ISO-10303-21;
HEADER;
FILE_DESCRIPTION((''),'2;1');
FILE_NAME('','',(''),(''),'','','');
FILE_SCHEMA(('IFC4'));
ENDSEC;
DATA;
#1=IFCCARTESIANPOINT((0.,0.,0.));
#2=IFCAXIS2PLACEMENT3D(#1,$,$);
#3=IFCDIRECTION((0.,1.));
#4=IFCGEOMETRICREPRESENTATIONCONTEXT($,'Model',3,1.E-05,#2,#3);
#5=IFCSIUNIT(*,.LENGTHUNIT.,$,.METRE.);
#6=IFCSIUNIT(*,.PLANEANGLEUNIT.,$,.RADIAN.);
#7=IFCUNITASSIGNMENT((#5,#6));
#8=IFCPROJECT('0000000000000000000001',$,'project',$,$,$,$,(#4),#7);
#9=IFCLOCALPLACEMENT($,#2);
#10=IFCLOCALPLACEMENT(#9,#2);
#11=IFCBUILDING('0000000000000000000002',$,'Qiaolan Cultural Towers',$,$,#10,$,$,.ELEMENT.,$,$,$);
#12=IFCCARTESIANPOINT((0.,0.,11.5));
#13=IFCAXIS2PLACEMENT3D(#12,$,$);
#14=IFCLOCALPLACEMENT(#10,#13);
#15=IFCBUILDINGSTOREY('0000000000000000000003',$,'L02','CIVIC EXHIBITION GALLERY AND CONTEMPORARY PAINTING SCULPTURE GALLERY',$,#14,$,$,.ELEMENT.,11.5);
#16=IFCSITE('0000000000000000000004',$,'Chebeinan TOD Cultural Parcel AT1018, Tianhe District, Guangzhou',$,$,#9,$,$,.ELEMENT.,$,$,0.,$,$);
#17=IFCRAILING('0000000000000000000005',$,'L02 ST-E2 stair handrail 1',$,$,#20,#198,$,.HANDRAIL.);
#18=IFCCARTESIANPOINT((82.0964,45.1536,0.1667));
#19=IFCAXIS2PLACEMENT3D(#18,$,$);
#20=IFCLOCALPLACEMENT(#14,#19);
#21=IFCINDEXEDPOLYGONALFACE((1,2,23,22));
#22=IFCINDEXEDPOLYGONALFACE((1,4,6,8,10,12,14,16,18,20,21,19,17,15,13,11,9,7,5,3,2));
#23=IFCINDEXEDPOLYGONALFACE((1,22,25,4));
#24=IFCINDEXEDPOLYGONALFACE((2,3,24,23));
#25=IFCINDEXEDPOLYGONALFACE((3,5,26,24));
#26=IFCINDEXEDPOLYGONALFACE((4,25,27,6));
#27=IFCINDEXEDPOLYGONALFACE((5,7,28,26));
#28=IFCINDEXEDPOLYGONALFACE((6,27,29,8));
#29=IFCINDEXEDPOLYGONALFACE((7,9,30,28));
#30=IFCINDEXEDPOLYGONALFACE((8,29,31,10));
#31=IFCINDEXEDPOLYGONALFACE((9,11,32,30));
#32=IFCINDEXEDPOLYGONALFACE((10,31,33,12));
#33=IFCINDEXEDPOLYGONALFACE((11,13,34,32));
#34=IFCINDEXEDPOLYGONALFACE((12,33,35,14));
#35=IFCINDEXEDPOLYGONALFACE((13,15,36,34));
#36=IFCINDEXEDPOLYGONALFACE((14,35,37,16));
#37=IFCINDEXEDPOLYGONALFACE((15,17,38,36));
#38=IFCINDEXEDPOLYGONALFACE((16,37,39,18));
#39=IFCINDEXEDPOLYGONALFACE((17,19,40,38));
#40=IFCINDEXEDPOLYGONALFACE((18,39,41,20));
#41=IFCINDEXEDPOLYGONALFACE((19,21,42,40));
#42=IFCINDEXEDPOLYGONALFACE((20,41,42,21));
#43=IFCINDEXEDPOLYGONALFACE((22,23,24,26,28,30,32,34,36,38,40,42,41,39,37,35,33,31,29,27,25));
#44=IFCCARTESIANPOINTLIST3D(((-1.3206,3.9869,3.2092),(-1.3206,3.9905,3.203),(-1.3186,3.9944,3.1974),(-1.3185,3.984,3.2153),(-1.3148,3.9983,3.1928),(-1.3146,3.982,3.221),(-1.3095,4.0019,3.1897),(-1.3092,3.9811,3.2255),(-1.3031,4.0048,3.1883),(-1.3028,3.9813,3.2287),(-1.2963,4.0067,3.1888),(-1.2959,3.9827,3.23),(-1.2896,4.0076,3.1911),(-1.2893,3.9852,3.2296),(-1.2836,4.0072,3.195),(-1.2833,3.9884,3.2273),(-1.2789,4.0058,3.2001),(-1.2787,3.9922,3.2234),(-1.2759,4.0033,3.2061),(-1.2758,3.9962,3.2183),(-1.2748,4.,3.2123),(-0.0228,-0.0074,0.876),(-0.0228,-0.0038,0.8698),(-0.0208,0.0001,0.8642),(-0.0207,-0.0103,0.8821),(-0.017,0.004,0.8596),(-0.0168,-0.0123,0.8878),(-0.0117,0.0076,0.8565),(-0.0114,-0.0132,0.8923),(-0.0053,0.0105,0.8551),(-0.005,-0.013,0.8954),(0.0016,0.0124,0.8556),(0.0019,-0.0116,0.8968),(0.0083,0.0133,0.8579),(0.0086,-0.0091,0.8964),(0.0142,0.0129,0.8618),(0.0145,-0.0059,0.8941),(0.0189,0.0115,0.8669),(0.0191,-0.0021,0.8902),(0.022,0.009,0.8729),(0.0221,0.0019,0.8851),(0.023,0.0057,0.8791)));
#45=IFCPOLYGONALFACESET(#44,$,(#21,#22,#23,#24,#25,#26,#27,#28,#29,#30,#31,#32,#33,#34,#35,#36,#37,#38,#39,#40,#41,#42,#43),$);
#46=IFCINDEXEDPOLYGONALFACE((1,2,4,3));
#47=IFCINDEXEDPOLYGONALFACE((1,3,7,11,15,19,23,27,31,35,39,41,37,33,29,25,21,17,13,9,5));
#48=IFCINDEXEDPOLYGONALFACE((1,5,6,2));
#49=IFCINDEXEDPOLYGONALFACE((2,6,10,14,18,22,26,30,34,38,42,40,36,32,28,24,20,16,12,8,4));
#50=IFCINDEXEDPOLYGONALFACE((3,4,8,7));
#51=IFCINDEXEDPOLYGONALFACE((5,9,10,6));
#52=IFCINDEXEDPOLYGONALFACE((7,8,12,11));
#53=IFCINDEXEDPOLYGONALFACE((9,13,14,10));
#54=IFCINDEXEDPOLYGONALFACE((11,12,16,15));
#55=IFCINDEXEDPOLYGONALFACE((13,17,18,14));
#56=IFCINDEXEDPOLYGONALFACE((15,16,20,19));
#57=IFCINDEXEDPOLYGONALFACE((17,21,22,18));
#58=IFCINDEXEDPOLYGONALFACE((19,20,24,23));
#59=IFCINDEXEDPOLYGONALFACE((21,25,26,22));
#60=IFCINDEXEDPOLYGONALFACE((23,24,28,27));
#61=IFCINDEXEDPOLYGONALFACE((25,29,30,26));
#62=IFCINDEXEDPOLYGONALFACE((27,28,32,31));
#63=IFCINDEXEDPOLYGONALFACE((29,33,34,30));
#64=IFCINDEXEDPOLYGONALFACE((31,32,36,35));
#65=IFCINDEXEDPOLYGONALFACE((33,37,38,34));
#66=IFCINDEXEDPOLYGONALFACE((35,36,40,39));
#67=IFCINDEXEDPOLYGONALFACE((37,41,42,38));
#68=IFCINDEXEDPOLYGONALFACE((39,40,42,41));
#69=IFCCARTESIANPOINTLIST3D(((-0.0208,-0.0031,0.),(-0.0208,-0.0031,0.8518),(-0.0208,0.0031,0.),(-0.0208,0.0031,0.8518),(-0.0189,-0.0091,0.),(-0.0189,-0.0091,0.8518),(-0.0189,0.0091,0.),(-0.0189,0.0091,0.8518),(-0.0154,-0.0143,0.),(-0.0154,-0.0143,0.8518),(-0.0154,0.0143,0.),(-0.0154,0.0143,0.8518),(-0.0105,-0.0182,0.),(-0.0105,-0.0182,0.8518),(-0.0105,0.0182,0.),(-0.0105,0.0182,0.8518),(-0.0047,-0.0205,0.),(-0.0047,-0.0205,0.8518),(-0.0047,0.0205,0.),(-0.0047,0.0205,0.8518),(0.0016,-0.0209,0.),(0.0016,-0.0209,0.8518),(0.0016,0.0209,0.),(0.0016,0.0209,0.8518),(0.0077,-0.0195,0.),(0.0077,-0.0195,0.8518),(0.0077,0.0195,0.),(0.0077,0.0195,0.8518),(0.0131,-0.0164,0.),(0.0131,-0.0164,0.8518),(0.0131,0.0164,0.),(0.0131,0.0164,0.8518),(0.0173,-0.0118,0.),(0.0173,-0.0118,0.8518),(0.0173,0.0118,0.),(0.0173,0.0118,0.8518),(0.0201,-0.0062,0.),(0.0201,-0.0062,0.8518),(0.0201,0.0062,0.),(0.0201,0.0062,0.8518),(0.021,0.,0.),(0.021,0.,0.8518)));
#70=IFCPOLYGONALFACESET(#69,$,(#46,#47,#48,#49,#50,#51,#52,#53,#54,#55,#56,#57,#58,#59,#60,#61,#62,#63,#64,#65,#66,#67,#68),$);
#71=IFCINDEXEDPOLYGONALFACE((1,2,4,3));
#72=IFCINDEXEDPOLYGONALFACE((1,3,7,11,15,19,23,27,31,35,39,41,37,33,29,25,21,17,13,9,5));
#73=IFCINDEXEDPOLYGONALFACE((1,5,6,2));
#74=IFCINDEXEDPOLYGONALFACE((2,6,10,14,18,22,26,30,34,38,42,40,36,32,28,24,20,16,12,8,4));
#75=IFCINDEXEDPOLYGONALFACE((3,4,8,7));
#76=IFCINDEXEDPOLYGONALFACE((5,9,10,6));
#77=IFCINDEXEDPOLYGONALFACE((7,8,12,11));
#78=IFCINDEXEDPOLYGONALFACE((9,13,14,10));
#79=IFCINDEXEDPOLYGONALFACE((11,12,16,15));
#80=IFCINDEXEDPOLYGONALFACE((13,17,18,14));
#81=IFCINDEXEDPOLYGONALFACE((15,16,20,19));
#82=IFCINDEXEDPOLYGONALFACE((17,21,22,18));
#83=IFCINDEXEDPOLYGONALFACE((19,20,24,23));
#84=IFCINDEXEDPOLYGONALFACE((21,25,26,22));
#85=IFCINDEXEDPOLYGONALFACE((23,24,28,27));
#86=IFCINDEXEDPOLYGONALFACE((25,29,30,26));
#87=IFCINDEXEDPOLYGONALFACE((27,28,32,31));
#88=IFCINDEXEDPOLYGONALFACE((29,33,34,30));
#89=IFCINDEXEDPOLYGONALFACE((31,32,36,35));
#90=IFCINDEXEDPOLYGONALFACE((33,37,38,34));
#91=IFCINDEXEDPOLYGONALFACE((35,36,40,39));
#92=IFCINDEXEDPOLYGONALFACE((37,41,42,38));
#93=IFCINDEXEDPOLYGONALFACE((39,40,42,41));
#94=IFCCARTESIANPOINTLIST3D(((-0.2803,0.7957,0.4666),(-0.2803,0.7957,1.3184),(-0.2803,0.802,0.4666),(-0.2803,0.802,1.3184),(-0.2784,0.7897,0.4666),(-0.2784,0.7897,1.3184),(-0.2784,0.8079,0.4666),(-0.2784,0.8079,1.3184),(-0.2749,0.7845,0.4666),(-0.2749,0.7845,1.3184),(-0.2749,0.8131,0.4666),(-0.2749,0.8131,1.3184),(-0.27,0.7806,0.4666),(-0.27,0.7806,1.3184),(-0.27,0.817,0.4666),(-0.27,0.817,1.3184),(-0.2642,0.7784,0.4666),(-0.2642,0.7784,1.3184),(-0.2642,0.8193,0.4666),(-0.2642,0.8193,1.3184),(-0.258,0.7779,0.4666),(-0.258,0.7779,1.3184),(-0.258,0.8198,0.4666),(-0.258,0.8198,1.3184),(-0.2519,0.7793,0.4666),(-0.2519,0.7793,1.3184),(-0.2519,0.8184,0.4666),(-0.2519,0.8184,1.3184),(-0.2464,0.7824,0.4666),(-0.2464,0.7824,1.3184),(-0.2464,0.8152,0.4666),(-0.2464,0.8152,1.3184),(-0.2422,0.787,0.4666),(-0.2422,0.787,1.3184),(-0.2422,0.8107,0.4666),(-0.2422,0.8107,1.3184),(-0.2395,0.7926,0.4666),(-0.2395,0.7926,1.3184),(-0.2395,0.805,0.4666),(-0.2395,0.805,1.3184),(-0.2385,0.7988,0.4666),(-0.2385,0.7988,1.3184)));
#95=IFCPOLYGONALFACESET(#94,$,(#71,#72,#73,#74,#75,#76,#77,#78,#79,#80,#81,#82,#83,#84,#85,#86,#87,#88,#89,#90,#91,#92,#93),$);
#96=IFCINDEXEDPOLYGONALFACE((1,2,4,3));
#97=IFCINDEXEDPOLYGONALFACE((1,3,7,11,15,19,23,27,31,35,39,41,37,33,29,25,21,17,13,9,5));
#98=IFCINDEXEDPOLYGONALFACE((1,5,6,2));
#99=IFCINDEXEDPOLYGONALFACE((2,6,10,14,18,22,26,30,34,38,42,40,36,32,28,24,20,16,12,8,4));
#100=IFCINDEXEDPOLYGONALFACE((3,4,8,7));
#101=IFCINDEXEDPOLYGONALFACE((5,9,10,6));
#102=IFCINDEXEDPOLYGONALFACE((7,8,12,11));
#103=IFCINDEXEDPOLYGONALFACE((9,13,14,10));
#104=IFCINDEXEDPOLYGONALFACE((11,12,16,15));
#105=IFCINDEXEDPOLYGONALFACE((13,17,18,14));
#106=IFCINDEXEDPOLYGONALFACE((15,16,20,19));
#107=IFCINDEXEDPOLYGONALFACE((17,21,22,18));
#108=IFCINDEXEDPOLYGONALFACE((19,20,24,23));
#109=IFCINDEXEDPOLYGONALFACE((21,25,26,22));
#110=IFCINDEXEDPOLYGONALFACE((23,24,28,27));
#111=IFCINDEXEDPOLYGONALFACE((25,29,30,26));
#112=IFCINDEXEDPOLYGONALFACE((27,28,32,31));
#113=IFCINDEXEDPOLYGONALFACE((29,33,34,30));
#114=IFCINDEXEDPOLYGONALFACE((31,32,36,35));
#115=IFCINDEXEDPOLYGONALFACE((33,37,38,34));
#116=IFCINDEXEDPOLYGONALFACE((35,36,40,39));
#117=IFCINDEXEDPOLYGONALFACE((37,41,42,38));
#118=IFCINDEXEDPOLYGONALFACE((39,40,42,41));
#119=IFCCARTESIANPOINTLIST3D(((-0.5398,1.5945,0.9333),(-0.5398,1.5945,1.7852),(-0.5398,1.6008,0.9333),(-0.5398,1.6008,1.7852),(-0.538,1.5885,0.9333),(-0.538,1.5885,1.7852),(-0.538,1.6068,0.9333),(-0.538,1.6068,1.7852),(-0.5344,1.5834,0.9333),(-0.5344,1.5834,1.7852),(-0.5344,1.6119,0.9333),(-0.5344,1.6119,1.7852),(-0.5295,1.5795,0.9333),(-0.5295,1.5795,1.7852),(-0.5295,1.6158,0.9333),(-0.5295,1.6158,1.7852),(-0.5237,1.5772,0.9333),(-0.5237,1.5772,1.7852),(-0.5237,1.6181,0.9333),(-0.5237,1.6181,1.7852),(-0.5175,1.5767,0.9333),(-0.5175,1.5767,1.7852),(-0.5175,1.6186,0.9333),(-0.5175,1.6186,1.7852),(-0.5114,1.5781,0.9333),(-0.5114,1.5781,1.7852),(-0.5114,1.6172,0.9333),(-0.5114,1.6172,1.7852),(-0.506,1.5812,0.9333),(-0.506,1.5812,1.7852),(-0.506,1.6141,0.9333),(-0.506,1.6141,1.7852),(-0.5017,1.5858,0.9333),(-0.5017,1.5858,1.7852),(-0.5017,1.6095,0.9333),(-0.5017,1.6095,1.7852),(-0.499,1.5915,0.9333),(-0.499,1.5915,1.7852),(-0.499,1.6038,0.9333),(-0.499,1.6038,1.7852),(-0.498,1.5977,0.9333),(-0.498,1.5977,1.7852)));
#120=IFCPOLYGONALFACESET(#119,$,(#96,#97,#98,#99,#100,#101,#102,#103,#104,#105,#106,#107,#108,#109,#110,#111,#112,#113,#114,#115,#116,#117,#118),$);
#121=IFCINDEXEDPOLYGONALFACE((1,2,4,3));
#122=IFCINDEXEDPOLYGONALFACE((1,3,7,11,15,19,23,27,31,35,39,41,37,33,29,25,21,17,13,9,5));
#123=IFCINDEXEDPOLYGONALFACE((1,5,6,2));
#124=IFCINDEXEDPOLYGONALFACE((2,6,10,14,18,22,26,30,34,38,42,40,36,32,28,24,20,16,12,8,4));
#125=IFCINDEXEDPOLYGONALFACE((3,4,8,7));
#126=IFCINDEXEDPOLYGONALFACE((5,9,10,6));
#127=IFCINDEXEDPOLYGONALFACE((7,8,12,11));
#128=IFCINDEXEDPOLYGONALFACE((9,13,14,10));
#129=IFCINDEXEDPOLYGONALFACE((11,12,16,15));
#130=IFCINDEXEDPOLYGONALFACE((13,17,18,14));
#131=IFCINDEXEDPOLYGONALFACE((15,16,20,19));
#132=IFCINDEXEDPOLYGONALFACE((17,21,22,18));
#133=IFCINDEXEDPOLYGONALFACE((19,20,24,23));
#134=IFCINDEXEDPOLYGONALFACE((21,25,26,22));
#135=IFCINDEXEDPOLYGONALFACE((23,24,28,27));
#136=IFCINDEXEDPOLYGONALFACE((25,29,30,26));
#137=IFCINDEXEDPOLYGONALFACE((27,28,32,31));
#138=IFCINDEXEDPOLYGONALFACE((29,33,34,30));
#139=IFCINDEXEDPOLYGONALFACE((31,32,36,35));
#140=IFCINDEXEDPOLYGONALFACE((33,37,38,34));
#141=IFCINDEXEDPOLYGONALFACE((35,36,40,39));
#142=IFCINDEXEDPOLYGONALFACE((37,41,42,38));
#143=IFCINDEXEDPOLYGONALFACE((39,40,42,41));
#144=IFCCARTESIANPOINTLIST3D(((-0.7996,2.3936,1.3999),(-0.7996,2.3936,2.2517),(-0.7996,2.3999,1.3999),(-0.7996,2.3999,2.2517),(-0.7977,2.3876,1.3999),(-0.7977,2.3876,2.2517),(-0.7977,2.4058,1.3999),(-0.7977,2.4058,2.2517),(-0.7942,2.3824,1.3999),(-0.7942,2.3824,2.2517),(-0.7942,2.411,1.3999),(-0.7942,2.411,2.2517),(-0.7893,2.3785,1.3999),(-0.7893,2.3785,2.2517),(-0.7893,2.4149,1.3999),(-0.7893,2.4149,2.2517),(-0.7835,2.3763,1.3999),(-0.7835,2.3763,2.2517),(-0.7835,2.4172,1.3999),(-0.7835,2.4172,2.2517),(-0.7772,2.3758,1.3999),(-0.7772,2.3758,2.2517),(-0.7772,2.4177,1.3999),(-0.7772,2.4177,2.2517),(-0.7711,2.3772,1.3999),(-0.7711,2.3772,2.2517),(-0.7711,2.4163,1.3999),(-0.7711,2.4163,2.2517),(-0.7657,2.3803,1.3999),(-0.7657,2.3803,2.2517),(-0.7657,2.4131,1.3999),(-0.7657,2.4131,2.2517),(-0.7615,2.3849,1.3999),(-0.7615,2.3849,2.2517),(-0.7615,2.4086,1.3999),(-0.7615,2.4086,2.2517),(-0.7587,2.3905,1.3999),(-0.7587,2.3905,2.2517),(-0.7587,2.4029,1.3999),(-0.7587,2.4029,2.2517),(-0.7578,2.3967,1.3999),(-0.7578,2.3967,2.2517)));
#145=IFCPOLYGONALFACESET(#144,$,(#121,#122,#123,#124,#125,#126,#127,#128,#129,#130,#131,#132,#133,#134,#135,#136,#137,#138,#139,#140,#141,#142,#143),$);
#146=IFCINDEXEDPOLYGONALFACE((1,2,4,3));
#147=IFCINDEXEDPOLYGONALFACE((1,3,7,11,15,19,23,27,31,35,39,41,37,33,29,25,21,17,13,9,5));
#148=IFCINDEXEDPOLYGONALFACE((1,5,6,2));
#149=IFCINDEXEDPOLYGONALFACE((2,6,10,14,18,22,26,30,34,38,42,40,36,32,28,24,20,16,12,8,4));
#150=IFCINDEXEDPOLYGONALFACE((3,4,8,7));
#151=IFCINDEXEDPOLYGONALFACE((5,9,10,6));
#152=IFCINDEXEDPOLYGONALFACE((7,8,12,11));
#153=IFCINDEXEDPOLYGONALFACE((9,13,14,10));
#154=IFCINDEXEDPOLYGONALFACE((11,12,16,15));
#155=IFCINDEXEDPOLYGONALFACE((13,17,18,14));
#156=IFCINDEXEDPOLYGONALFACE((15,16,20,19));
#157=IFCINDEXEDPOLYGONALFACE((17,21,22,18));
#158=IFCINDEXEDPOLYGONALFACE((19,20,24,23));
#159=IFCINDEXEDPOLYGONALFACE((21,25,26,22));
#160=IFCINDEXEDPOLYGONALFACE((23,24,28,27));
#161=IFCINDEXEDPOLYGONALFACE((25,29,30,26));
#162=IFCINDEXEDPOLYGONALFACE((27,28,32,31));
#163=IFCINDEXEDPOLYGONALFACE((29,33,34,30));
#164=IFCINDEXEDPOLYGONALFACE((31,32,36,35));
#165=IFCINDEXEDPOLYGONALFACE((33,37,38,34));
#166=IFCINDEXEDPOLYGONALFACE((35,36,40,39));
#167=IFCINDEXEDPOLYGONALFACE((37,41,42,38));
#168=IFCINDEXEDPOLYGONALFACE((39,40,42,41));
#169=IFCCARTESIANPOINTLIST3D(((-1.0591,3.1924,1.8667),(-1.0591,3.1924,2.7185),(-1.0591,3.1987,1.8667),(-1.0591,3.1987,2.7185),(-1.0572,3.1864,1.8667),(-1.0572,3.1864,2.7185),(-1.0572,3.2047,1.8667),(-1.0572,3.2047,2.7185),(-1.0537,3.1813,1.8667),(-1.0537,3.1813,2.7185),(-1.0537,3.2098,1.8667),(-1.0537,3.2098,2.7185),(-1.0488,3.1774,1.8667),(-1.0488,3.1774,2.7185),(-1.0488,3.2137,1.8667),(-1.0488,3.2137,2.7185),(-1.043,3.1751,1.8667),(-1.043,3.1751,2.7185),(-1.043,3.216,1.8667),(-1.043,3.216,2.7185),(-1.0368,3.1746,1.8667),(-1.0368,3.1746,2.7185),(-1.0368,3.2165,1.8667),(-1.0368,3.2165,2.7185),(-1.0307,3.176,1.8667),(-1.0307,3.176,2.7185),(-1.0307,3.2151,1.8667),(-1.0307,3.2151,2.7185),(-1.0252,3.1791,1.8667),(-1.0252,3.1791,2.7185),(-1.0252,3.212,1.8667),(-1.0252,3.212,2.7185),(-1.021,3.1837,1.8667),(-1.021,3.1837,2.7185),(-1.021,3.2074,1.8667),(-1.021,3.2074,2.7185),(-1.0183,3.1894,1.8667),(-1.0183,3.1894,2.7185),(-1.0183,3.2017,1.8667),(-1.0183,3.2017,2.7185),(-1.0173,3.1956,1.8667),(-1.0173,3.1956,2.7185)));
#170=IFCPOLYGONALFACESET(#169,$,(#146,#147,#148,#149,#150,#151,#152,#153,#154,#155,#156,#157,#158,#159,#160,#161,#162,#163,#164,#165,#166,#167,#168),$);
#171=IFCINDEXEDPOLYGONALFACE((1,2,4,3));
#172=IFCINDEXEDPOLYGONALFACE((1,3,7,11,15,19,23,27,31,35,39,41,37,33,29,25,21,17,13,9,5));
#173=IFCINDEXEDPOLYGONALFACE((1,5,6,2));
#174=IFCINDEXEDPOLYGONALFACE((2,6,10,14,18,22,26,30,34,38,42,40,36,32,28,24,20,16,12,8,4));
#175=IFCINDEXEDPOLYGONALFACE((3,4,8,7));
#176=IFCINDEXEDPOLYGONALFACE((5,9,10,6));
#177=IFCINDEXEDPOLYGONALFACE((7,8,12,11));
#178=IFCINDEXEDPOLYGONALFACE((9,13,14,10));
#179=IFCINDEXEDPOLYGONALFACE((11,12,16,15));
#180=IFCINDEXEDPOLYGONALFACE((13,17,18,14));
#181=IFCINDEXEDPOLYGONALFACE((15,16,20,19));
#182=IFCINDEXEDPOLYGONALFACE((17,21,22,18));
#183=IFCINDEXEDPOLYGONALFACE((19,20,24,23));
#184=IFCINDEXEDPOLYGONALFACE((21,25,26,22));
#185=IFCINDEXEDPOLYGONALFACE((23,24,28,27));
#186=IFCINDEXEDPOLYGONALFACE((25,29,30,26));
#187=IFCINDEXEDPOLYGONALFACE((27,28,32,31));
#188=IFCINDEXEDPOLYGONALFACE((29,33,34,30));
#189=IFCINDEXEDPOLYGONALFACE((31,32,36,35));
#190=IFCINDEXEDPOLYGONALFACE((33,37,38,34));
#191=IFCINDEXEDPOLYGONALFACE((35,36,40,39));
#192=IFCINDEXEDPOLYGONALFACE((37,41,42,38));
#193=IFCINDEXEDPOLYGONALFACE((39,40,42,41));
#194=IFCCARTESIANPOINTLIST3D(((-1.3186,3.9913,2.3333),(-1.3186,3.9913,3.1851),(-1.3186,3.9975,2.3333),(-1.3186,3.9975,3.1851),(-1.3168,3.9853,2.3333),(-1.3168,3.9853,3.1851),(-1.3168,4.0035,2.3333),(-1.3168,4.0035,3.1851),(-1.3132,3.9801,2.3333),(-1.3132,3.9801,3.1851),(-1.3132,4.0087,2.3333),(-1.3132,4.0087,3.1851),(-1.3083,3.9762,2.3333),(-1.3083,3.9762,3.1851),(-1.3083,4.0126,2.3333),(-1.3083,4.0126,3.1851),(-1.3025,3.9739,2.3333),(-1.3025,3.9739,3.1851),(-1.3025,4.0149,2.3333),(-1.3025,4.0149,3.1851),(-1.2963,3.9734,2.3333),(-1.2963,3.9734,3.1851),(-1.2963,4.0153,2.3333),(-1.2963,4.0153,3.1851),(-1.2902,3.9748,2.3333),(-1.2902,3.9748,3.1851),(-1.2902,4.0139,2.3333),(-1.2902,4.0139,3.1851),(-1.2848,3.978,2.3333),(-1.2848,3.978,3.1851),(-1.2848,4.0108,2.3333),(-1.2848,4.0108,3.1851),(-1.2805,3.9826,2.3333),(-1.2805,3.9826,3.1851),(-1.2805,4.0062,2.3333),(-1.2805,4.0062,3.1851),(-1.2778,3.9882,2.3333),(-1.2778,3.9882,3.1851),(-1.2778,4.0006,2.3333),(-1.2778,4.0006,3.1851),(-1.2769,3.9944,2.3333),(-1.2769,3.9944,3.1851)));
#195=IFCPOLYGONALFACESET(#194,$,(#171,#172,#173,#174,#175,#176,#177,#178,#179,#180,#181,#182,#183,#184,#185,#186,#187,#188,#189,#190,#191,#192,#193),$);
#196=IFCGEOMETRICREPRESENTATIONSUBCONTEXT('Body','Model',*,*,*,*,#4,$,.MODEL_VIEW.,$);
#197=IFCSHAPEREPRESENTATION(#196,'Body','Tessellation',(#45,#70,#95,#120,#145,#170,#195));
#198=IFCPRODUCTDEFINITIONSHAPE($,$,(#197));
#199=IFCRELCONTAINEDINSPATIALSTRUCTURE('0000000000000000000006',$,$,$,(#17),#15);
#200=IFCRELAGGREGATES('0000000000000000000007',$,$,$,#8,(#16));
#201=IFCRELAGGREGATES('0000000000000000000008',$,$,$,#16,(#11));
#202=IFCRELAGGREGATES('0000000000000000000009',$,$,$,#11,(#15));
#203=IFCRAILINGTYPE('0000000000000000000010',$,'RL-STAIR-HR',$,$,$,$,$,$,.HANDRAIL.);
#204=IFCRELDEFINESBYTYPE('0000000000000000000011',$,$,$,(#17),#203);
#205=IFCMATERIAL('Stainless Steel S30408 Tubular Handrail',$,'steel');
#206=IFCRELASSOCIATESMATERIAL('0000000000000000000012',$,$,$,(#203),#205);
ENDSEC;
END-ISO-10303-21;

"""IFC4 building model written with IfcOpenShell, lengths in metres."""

from ifc_helpers import new_model, si_unit, direction, frame, origin, origin_2d, place, context, subcontext, project, spatial, circle, extrude, material, type_object, element, save


model = new_model("IFC4")

# Units and contexts
model_context = context("Model", 3, precision=1e-05, world=origin(), true_north=direction((0.0, 1.0)))
body_context = subcontext(model_context, "Body", "Model", "MODEL_VIEW")
ifc_project = project(units=[si_unit("LENGTHUNIT", "METRE"), si_unit("PLANEANGLEUNIT", "RADIAN")], contexts=[model_context])

# Site, building, storey
site_placement = place(None, origin())
site = spatial("IfcSite", under=ifc_project, at=site_placement, Name="Chebeinan TOD Cultural Parcel AT1018, Tianhe District, Guangzhou", CompositionType="ELEMENT", RefElevation=0.0)
building_placement = place(site_placement, origin())
building = spatial("IfcBuilding", under=site, at=building_placement, Name="Qiaolan Cultural Towers", CompositionType="ELEMENT")
storey_placement = place(building_placement, frame((0.0, 0.0, 11.5)))
storey = spatial("IfcBuildingStorey", under=building, at=storey_placement, Name="L02", Description="CIVIC EXHIBITION GALLERY AND CONTEMPORARY PAINTING SCULPTURE GALLERY", CompositionType="ELEMENT", Elevation=11.5)

# Railing
ifc_material_1 = material(Name="Stainless Steel S30408 Tubular Handrail", Category="steel")
railing_type_1 = type_object("IfcRailingType", Name="RL-STAIR-HR", PredefinedType="HANDRAIL", material=ifc_material_1)
railing_1_placement = place(storey_placement, frame((82.0964, 45.1536, 0.1667)))
element("IfcRailing", 1, at=railing_1_placement, inside=storey, type_object=railing_type_1, Name="L02 ST-E2 stair handrail 1", PredefinedType="HANDRAIL", context=body_context, shape_type="SweptSolid", body=[
    extrude(circle(Radius=0.0239, at=origin_2d()), frame((0.0, 0.0, 0.876), z_axis=(-0.27013, 0.831377, 0.485635), x_axis=(-0.951057, -0.309016, 0.0)), (0.0, 0.0, 1.0), 4.8044),
    extrude(circle(Radius=0.021, at=origin_2d()), origin(), (0.0, 0.0, 1.0), 0.8518),
    extrude(circle(Radius=0.021, at=origin_2d()), frame((-0.2595, 0.7988, 0.4666)), (0.0, 0.0, 1.0), 0.8518),
    extrude(circle(Radius=0.021, at=origin_2d()), frame((-0.519, 1.5977, 0.9333)), (0.0, 0.0, 1.0), 0.8518),
    extrude(circle(Radius=0.021, at=origin_2d()), frame((-0.7788, 2.3967, 1.3999)), (0.0, 0.0, 1.0), 0.8518),
    extrude(circle(Radius=0.021, at=origin_2d()), frame((-1.0383, 3.1956, 1.8667)), (0.0, 0.0, 1.0), 0.8518),
    extrude(circle(Radius=0.021, at=origin_2d()), frame((-1.2979, 3.9944, 2.3333)), (0.0, 0.0, 1.0), 0.8518),
])

save(model, "model.ifc")
